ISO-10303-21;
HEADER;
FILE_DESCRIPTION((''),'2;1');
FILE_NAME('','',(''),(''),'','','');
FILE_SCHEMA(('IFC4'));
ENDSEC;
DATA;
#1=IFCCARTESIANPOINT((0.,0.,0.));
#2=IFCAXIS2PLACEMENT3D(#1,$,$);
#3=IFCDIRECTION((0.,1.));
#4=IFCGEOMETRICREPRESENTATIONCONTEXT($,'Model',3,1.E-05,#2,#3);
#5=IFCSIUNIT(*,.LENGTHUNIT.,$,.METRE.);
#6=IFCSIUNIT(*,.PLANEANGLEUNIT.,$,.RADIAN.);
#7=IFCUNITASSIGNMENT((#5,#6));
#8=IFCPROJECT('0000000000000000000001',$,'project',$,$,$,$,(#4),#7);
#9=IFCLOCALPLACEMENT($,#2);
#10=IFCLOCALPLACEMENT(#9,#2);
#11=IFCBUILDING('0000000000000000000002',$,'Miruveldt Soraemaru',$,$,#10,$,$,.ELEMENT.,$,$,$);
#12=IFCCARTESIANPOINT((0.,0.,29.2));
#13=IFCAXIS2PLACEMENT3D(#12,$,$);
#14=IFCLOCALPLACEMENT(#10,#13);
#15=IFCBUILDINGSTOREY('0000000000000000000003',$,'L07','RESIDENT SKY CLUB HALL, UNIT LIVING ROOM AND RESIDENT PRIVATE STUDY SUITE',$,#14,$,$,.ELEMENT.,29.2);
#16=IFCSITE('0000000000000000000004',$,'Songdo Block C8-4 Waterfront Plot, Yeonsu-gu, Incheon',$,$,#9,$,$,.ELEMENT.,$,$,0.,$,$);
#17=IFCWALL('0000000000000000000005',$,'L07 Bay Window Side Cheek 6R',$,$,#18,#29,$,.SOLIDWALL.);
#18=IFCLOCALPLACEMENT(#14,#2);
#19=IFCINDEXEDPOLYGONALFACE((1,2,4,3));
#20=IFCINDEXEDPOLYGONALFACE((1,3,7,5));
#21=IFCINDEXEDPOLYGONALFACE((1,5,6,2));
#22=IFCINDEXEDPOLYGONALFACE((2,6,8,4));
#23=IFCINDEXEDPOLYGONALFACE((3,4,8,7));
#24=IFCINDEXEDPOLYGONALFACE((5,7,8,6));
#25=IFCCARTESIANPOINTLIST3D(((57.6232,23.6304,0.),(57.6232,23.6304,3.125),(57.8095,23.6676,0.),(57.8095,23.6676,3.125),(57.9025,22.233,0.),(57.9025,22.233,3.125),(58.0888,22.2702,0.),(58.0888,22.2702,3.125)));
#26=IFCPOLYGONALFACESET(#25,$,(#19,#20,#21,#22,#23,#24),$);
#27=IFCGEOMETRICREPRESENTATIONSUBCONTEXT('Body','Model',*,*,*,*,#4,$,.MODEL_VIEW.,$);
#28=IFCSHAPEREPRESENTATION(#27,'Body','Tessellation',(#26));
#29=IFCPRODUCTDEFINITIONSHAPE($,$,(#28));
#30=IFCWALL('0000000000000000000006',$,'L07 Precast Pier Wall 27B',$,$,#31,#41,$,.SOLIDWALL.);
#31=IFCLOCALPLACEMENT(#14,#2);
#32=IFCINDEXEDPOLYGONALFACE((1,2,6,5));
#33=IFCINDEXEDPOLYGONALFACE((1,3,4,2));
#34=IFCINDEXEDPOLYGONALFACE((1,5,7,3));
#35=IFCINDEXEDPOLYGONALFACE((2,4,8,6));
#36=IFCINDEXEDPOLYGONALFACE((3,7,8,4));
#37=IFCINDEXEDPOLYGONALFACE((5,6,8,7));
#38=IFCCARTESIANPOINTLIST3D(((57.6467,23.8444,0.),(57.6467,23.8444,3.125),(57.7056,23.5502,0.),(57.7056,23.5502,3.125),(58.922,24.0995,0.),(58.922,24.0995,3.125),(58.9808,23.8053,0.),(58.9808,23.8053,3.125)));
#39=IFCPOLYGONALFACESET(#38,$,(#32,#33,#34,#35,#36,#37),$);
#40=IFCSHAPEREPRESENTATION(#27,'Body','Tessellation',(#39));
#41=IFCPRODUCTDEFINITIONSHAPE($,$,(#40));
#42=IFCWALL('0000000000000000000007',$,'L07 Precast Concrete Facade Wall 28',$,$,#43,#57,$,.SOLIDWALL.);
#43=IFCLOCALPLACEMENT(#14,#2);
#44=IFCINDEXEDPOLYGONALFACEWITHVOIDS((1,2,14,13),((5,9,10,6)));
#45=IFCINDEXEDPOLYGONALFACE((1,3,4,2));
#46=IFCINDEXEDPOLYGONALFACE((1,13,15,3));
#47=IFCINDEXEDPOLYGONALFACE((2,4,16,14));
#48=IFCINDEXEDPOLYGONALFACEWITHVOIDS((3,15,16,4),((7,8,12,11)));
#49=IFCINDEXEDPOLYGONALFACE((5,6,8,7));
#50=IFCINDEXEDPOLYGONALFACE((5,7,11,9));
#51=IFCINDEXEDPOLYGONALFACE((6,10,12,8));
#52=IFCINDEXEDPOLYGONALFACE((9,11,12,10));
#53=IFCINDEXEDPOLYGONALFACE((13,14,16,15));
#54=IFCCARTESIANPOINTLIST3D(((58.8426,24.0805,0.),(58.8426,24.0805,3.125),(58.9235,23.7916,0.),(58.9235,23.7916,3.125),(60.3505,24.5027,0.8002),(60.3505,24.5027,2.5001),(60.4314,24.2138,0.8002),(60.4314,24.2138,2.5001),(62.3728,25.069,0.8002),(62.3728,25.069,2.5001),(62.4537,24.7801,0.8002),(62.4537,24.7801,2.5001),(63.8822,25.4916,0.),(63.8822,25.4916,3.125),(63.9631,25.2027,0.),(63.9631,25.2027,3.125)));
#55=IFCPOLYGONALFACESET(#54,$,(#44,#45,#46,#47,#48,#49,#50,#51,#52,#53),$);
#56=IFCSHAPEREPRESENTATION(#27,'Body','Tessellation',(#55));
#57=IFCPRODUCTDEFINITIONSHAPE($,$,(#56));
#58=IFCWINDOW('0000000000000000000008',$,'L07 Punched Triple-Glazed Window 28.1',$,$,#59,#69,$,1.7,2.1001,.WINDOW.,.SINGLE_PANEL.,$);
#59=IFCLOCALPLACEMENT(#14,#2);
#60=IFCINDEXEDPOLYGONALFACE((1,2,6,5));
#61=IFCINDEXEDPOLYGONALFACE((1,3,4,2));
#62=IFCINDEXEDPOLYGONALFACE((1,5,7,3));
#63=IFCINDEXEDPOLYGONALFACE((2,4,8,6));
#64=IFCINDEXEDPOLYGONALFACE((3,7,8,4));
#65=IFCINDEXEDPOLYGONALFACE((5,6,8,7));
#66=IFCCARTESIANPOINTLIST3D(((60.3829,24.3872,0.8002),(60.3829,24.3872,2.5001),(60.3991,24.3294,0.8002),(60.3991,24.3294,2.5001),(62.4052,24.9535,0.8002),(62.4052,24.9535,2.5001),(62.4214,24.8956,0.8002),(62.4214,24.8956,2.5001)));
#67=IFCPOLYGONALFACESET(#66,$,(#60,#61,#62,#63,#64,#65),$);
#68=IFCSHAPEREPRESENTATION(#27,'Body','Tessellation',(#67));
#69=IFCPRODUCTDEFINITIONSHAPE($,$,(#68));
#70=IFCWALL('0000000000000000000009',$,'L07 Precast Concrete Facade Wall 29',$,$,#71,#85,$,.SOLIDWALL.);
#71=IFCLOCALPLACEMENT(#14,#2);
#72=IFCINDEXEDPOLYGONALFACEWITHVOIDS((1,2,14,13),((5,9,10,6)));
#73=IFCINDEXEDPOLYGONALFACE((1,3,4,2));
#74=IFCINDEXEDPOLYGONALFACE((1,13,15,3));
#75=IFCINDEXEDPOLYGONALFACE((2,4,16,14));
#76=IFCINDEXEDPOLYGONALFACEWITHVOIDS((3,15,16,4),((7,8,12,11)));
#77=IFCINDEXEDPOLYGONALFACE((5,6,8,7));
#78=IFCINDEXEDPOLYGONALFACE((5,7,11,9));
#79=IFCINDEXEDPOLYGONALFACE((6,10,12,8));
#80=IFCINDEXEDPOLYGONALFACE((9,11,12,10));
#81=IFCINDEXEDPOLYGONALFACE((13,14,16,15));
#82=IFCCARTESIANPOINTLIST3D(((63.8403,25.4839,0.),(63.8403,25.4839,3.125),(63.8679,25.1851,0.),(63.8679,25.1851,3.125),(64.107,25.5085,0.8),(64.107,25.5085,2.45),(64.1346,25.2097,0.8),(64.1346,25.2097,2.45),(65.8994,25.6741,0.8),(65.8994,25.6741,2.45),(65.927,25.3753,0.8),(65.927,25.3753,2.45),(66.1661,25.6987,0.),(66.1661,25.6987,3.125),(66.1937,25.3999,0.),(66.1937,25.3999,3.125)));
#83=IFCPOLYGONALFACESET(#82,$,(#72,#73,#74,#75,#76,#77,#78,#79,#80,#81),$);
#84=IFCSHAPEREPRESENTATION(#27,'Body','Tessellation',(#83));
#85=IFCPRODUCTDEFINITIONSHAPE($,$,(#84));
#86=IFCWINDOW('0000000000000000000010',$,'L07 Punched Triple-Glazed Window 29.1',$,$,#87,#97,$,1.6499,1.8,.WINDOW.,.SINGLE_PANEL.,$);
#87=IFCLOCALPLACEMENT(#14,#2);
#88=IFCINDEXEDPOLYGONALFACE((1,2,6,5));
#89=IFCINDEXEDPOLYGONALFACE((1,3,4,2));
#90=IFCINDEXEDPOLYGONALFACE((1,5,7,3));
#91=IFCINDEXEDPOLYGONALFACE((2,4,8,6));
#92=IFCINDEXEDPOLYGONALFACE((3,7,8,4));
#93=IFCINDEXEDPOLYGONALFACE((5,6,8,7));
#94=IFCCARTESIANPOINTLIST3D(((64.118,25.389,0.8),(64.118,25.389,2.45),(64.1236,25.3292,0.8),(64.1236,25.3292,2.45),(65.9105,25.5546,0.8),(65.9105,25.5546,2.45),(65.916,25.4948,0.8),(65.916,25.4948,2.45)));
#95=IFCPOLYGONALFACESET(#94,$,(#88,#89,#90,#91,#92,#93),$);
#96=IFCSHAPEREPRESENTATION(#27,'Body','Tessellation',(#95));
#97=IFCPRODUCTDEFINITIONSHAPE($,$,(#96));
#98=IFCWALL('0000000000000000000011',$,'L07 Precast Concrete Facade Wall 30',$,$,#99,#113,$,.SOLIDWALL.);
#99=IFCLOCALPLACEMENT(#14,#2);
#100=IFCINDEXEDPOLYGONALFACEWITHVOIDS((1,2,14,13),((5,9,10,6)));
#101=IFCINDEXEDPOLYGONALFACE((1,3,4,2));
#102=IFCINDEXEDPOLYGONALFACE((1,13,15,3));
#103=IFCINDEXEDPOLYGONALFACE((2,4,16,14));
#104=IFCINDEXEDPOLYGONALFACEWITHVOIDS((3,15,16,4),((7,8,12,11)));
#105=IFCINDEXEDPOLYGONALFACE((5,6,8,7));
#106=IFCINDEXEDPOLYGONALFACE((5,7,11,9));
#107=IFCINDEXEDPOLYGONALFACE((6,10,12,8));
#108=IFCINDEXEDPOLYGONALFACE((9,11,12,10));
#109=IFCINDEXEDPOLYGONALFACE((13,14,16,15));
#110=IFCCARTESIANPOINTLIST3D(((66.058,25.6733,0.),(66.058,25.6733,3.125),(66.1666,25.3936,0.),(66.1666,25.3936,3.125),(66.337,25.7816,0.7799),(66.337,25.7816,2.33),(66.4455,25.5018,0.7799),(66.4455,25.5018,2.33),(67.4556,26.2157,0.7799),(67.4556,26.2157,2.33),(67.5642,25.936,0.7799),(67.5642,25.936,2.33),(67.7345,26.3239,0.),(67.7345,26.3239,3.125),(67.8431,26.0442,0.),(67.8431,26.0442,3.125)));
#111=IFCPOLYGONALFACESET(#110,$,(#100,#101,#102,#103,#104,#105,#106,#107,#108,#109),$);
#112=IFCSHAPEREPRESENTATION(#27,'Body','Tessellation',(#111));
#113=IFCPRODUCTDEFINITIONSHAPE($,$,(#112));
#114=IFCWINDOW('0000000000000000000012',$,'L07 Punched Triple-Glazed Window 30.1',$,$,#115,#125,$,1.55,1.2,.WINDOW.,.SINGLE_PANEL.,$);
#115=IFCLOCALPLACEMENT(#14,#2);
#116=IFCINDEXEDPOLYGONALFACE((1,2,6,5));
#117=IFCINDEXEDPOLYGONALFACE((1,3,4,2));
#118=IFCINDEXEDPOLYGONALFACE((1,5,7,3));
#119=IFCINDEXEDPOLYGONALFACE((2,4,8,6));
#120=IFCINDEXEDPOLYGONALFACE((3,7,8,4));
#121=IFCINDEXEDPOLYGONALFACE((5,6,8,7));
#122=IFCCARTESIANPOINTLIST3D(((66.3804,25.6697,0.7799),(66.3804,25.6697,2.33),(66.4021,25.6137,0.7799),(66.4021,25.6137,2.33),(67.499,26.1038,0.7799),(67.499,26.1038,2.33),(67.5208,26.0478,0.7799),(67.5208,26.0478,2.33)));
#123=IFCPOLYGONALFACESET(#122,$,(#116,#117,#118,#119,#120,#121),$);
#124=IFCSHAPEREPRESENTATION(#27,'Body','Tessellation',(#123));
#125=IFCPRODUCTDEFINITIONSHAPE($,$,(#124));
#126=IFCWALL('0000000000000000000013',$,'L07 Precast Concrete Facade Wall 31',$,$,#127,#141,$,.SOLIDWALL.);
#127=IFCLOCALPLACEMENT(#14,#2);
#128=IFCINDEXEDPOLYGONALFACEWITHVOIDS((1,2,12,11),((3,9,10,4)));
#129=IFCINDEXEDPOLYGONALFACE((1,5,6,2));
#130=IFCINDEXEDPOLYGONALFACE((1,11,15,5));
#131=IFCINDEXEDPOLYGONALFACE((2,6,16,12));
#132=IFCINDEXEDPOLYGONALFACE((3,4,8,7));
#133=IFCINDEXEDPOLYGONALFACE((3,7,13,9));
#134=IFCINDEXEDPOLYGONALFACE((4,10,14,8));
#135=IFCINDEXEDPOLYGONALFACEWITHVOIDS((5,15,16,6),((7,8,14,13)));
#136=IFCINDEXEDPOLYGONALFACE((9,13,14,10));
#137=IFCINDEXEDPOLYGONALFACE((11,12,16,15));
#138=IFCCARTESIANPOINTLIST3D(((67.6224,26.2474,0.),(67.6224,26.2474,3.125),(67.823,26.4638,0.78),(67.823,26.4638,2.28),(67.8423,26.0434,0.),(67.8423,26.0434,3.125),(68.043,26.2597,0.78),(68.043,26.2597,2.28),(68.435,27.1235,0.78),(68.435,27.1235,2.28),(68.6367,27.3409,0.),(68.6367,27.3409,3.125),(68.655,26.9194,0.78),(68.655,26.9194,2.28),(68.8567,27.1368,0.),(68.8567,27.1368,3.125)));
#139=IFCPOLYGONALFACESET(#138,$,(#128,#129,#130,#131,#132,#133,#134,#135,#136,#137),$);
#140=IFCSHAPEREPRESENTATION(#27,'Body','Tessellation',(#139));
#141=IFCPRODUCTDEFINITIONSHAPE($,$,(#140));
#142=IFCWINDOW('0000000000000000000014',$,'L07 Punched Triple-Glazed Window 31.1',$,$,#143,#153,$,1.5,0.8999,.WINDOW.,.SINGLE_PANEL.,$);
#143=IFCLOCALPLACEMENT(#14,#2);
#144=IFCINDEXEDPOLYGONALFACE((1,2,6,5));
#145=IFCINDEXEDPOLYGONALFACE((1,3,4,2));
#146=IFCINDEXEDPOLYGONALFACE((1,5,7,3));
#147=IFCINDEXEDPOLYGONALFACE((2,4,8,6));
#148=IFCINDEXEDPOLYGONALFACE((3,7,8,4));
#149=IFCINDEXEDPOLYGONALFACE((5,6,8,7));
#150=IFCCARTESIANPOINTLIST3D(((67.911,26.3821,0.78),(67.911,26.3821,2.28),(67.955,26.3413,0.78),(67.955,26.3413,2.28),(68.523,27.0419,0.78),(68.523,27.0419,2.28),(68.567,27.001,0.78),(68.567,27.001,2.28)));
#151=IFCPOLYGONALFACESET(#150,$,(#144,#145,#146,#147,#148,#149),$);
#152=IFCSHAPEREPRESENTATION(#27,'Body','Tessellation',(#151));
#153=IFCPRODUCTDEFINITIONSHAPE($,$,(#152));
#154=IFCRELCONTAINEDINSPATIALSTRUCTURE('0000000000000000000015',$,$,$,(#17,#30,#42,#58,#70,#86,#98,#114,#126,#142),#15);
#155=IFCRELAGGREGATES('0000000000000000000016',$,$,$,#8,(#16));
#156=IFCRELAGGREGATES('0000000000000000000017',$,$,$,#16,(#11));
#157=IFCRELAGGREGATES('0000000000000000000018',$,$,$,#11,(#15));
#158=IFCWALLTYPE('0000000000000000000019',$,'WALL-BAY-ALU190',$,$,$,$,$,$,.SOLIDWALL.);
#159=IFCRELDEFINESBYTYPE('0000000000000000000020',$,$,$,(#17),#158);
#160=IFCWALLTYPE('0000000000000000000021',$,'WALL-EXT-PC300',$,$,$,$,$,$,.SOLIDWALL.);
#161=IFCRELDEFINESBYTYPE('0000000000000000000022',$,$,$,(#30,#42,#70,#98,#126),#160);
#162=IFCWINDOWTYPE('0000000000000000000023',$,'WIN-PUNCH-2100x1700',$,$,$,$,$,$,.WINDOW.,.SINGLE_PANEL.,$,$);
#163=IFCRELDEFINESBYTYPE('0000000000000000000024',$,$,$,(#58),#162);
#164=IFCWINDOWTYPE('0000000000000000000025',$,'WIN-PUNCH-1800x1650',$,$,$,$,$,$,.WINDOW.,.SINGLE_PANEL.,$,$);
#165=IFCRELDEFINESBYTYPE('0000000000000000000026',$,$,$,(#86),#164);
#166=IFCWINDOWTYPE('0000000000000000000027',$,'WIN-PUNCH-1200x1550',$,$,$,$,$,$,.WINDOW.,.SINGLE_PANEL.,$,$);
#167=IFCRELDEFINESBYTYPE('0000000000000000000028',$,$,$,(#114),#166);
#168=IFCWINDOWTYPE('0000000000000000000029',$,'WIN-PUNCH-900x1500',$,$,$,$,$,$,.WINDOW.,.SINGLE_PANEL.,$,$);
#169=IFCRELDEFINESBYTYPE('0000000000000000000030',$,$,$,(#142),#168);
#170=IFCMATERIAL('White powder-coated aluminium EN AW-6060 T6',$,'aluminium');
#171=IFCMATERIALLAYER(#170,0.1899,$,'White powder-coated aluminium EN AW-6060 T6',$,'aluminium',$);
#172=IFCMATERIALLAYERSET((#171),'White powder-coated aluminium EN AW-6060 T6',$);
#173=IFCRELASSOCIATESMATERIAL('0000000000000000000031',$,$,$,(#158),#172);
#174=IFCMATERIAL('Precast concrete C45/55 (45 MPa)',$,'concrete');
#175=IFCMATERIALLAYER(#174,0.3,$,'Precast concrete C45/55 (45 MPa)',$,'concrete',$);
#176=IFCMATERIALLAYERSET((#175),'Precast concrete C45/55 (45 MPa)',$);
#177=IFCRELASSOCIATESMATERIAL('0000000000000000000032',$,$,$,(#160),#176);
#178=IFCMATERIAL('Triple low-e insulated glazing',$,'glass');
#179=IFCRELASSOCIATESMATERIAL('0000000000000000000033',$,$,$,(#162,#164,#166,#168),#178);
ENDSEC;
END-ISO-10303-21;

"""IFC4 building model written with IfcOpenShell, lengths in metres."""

from ifc_helpers import new_model, si_unit, direction, frame, frame_2d, origin, place, context, subcontext, project, spatial, rectangle, extrude, material, layer, layer_set, type_object, element, fill, save


model = new_model("IFC4")

# Units and contexts
model_context = context("Model", 3, precision=1e-05, world=origin(), true_north=direction((0.0, 1.0)))
body_context = subcontext(model_context, "Body", "Model", "MODEL_VIEW")
ifc_project = project(units=[si_unit("LENGTHUNIT", "METRE"), si_unit("PLANEANGLEUNIT", "RADIAN")], contexts=[model_context])

# Site, building, storey
site_placement = place(None, origin())
site = spatial("IfcSite", under=ifc_project, at=site_placement, Name="Songdo Block C8-4 Waterfront Plot, Yeonsu-gu, Incheon", CompositionType="ELEMENT", RefElevation=0.0)
building_placement = place(site_placement, origin())
building = spatial("IfcBuilding", under=site, at=building_placement, Name="Miruveldt Soraemaru", CompositionType="ELEMENT")
storey_placement = place(building_placement, frame((0.0, 0.0, 29.2)))
storey = spatial("IfcBuildingStorey", under=building, at=storey_placement, Name="L07", Description="RESIDENT SKY CLUB HALL, UNIT LIVING ROOM AND RESIDENT PRIVATE STUDY SUITE", CompositionType="ELEMENT", Elevation=29.2)

# Walls
ifc_material_1 = material(Name="White powder-coated aluminium EN AW-6060 T6", Category="aluminium")
ifc_layer_1 = layer(ifc_material_1, 0.1899, Name="White powder-coated aluminium EN AW-6060 T6", Category="aluminium")
ifc_layer_set_1 = layer_set([ifc_layer_1], Name="White powder-coated aluminium EN AW-6060 T6")
wall_type_1 = type_object("IfcWallType", Name="WALL-BAY-ALU190", PredefinedType="SOLIDWALL", material=ifc_layer_set_1)
wall_1_placement = place(storey_placement, frame((57.9956, 22.2517, 0.0), z_axis=(0.0, 0.0, 1.0), x_axis=(-0.195984, 0.980607, 0.0)))
element("IfcWall", 1, at=wall_1_placement, inside=storey, type_object=wall_type_1, Name="L07 Bay Window Side Cheek 6R", PredefinedType="SOLIDWALL", context=body_context, shape_type="SweptSolid", body=[
    extrude(rectangle(XDim=1.425, YDim=0.1899, at=frame_2d((0.7124, 0.0))), origin(), (0.0, 0.0, 1.0), 3.125),
])
ifc_material_2 = material(Name="Precast concrete C45/55 (45 MPa)", Category="concrete")
ifc_layer_2 = layer(ifc_material_2, 0.3, Name="Precast concrete C45/55 (45 MPa)", Category="concrete")
ifc_layer_set_2 = layer_set([ifc_layer_2], Name="Precast concrete C45/55 (45 MPa)")
wall_type_2 = type_object("IfcWallType", Name="WALL-EXT-PC300", PredefinedType="SOLIDWALL", material=ifc_layer_set_2)
wall_2_placement = place(storey_placement, frame((57.676, 23.6973, 0.0), z_axis=(0.0, 0.0, 1.0), x_axis=(0.980566, 0.196188, 0.0)))
element("IfcWall", 2, at=wall_2_placement, inside=storey, type_object=wall_type_2, Name="L07 Precast Pier Wall 27B", PredefinedType="SOLIDWALL", context=body_context, shape_type="SweptSolid", body=[
    extrude(rectangle(XDim=1.3005, YDim=0.3, at=frame_2d((0.6504, 0.0))), origin(), (0.0, 0.0, 1.0), 3.125),
])

# Walls, openings, windows
wall_3_placement = place(storey_placement, frame((58.8831, 23.936, 0.0), z_axis=(0.0, 0.0, 1.0), x_axis=(0.962961, 0.26964, 0.0)))
wall_3 = element("IfcWall", 3, at=wall_3_placement, inside=storey, type_object=wall_type_2, Name="L07 Precast Concrete Facade Wall 28", PredefinedType="SOLIDWALL", context=body_context, shape_type="SweptSolid", body=[
    extrude(rectangle(XDim=5.2334, YDim=0.3, at=frame_2d((2.6167, 0.0))), origin(), (0.0, 0.0, 1.0), 3.125),
])
opening_1_placement = place(wall_3_placement, frame((1.5659, 0.0, 0.8)))
opening_1 = element("IfcOpeningElement", 4, at=opening_1_placement, cuts=wall_3, PredefinedType="OPENING", context=body_context, shape_type="SweptSolid", body=[
    extrude(rectangle(XDim=2.1001, YDim=1.7, at=frame_2d((1.05, 0.8501))), frame((0.0, 0.1602, 0.0), z_axis=(0.0, -1.0, 0.0), x_axis=(1.0, 0.0, 0.0)), (0.0, 0.0, 1.0), 0.3201),
])
ifc_material_3 = material(Name="Triple low-e insulated glazing", Category="glass")
window_type_1 = type_object("IfcWindowType", Name="WIN-PUNCH-2100x1700", PartitioningType="SINGLE_PANEL", PredefinedType="WINDOW", material=ifc_material_3)
window_1_placement = place(opening_1_placement, origin())
window_1 = element("IfcWindow", 5, at=window_1_placement, inside=storey, type_object=window_type_1, Name="L07 Punched Triple-Glazed Window 28.1", OverallHeight=1.7, OverallWidth=2.1001, PartitioningType="SINGLE_PANEL", PredefinedType="WINDOW", context=body_context, shape_type="SweptSolid", body=[
    extrude(rectangle(XDim=2.1001, YDim=1.7, at=frame_2d((1.05, 0.8501))), frame((0.0, 0.03, 0.0), z_axis=(0.0, -1.0, 0.0), x_axis=(1.0, 0.0, 0.0)), (0.0, 0.0, 1.0), 0.0601),
])
fill(opening_1, window_1)
wall_4_placement = place(storey_placement, frame((63.854, 25.3345, 0.0), z_axis=(0.0, 0.0, 1.0), x_axis=(0.99576, 0.091987, 0.0)))
wall_4 = element("IfcWall", 6, at=wall_4_placement, inside=storey, type_object=wall_type_2, Name="L07 Precast Concrete Facade Wall 29", PredefinedType="SOLIDWALL", context=body_context, shape_type="SweptSolid", body=[
    extrude(rectangle(XDim=2.3357, YDim=0.3, at=frame_2d((1.168, 0.0))), origin(), (0.0, 0.0, 1.0), 3.125),
])
opening_2_placement = place(wall_4_placement, frame((0.2681, 0.0, 0.8)))
opening_2 = element("IfcOpeningElement", 7, at=opening_2_placement, cuts=wall_4, PredefinedType="OPENING", context=body_context, shape_type="SweptSolid", body=[
    extrude(rectangle(XDim=1.8, YDim=1.6499, at=frame_2d((0.8999, 0.825))), frame((0.0, 0.1602, 0.0), z_axis=(0.0, -1.0, 0.0), x_axis=(1.0, 0.0, 0.0)), (0.0, 0.0, 1.0), 0.3201),
])
window_type_2 = type_object("IfcWindowType", Name="WIN-PUNCH-1800x1650", PartitioningType="SINGLE_PANEL", PredefinedType="WINDOW", material=ifc_material_3)
window_2_placement = place(opening_2_placement, origin())
window_2 = element("IfcWindow", 8, at=window_2_placement, inside=storey, type_object=window_type_2, Name="L07 Punched Triple-Glazed Window 29.1", OverallHeight=1.6499, OverallWidth=1.8, PartitioningType="SINGLE_PANEL", PredefinedType="WINDOW", context=body_context, shape_type="SweptSolid", body=[
    extrude(rectangle(XDim=1.8, YDim=1.6499, at=frame_2d((0.8999, 0.825))), frame((0.0, 0.03, 0.0), z_axis=(0.0, -1.0, 0.0), x_axis=(1.0, 0.0, 0.0)), (0.0, 0.0, 1.0), 0.0601),
])
fill(opening_2, window_2)
wall_5_placement = place(storey_placement, frame((66.1123, 25.5334, 0.0), z_axis=(0.0, 0.0, 1.0), x_axis=(0.932257, 0.361798, 0.0)))
wall_5 = element("IfcWall", 9, at=wall_5_placement, inside=storey, type_object=wall_type_2, Name="L07 Precast Concrete Facade Wall 30", PredefinedType="SOLIDWALL", context=body_context, shape_type="SweptSolid", body=[
    extrude(rectangle(XDim=1.7983, YDim=0.3, at=frame_2d((0.8992, 0.0))), origin(), (0.0, 0.0, 1.0), 3.125),
])
opening_3_placement = place(wall_5_placement, frame((0.2991, 0.0, 0.78)))
opening_3 = element("IfcOpeningElement", 10, at=opening_3_placement, cuts=wall_5, PredefinedType="OPENING", context=body_context, shape_type="SweptSolid", body=[
    extrude(rectangle(XDim=1.2, YDim=1.55, at=frame_2d((0.6001, 0.7749))), frame((0.0, 0.1602, 0.0), z_axis=(0.0, -1.0, 0.0), x_axis=(1.0, 0.0, 0.0)), (0.0, 0.0, 1.0), 0.3201),
])
window_type_3 = type_object("IfcWindowType", Name="WIN-PUNCH-1200x1550", PartitioningType="SINGLE_PANEL", PredefinedType="WINDOW", material=ifc_material_3)
window_3_placement = place(opening_3_placement, origin())
window_3 = element("IfcWindow", 11, at=window_3_placement, inside=storey, type_object=window_type_3, Name="L07 Punched Triple-Glazed Window 30.1", OverallHeight=1.55, OverallWidth=1.2, PartitioningType="SINGLE_PANEL", PredefinedType="WINDOW", context=body_context, shape_type="SweptSolid", body=[
    extrude(rectangle(XDim=1.2, YDim=1.55, at=frame_2d((0.6001, 0.7749))), frame((0.0, 0.03, 0.0), z_axis=(0.0, -1.0, 0.0), x_axis=(1.0, 0.0, 0.0)), (0.0, 0.0, 1.0), 0.0601),
])
fill(opening_3, window_3)
wall_6_placement = place(storey_placement, frame((67.7324, 26.1455, 0.0), z_axis=(0.0, 0.0, 1.0), x_axis=(0.680093, 0.733126, 0.0)))
wall_6 = element("IfcWall", 12, at=wall_6_placement, inside=storey, type_object=wall_type_2, Name="L07 Precast Concrete Facade Wall 31", PredefinedType="SOLIDWALL", context=body_context, shape_type="SweptSolid", body=[
    extrude(rectangle(XDim=1.4915, YDim=0.3, at=frame_2d((0.7456, 0.0))), origin(), (0.0, 0.0, 1.0), 3.125),
])
opening_4_placement = place(wall_6_placement, frame((0.2949, 0.0, 0.78)))
opening_4 = element("IfcOpeningElement", 13, at=opening_4_placement, cuts=wall_6, PredefinedType="OPENING", context=body_context, shape_type="SweptSolid", body=[
    extrude(rectangle(XDim=0.8999, YDim=1.5, at=frame_2d((0.45, 0.75))), frame((0.0, 0.1602, 0.0), z_axis=(0.0, -1.0, 0.0), x_axis=(1.0, 0.0, 0.0)), (0.0, 0.0, 1.0), 0.3201),
])
window_type_4 = type_object("IfcWindowType", Name="WIN-PUNCH-900x1500", PartitioningType="SINGLE_PANEL", PredefinedType="WINDOW", material=ifc_material_3)
window_4_placement = place(opening_4_placement, origin())
window_4 = element("IfcWindow", 14, at=window_4_placement, inside=storey, type_object=window_type_4, Name="L07 Punched Triple-Glazed Window 31.1", OverallHeight=1.5, OverallWidth=0.8999, PartitioningType="SINGLE_PANEL", PredefinedType="WINDOW", context=body_context, shape_type="SweptSolid", body=[
    extrude(rectangle(XDim=0.8999, YDim=1.5, at=frame_2d((0.45, 0.75))), frame((0.0, 0.03, 0.0), z_axis=(0.0, -1.0, 0.0), x_axis=(1.0, 0.0, 0.0)), (0.0, 0.0, 1.0), 0.0601),
])
fill(opening_4, window_4)

save(model, "model.ifc")
